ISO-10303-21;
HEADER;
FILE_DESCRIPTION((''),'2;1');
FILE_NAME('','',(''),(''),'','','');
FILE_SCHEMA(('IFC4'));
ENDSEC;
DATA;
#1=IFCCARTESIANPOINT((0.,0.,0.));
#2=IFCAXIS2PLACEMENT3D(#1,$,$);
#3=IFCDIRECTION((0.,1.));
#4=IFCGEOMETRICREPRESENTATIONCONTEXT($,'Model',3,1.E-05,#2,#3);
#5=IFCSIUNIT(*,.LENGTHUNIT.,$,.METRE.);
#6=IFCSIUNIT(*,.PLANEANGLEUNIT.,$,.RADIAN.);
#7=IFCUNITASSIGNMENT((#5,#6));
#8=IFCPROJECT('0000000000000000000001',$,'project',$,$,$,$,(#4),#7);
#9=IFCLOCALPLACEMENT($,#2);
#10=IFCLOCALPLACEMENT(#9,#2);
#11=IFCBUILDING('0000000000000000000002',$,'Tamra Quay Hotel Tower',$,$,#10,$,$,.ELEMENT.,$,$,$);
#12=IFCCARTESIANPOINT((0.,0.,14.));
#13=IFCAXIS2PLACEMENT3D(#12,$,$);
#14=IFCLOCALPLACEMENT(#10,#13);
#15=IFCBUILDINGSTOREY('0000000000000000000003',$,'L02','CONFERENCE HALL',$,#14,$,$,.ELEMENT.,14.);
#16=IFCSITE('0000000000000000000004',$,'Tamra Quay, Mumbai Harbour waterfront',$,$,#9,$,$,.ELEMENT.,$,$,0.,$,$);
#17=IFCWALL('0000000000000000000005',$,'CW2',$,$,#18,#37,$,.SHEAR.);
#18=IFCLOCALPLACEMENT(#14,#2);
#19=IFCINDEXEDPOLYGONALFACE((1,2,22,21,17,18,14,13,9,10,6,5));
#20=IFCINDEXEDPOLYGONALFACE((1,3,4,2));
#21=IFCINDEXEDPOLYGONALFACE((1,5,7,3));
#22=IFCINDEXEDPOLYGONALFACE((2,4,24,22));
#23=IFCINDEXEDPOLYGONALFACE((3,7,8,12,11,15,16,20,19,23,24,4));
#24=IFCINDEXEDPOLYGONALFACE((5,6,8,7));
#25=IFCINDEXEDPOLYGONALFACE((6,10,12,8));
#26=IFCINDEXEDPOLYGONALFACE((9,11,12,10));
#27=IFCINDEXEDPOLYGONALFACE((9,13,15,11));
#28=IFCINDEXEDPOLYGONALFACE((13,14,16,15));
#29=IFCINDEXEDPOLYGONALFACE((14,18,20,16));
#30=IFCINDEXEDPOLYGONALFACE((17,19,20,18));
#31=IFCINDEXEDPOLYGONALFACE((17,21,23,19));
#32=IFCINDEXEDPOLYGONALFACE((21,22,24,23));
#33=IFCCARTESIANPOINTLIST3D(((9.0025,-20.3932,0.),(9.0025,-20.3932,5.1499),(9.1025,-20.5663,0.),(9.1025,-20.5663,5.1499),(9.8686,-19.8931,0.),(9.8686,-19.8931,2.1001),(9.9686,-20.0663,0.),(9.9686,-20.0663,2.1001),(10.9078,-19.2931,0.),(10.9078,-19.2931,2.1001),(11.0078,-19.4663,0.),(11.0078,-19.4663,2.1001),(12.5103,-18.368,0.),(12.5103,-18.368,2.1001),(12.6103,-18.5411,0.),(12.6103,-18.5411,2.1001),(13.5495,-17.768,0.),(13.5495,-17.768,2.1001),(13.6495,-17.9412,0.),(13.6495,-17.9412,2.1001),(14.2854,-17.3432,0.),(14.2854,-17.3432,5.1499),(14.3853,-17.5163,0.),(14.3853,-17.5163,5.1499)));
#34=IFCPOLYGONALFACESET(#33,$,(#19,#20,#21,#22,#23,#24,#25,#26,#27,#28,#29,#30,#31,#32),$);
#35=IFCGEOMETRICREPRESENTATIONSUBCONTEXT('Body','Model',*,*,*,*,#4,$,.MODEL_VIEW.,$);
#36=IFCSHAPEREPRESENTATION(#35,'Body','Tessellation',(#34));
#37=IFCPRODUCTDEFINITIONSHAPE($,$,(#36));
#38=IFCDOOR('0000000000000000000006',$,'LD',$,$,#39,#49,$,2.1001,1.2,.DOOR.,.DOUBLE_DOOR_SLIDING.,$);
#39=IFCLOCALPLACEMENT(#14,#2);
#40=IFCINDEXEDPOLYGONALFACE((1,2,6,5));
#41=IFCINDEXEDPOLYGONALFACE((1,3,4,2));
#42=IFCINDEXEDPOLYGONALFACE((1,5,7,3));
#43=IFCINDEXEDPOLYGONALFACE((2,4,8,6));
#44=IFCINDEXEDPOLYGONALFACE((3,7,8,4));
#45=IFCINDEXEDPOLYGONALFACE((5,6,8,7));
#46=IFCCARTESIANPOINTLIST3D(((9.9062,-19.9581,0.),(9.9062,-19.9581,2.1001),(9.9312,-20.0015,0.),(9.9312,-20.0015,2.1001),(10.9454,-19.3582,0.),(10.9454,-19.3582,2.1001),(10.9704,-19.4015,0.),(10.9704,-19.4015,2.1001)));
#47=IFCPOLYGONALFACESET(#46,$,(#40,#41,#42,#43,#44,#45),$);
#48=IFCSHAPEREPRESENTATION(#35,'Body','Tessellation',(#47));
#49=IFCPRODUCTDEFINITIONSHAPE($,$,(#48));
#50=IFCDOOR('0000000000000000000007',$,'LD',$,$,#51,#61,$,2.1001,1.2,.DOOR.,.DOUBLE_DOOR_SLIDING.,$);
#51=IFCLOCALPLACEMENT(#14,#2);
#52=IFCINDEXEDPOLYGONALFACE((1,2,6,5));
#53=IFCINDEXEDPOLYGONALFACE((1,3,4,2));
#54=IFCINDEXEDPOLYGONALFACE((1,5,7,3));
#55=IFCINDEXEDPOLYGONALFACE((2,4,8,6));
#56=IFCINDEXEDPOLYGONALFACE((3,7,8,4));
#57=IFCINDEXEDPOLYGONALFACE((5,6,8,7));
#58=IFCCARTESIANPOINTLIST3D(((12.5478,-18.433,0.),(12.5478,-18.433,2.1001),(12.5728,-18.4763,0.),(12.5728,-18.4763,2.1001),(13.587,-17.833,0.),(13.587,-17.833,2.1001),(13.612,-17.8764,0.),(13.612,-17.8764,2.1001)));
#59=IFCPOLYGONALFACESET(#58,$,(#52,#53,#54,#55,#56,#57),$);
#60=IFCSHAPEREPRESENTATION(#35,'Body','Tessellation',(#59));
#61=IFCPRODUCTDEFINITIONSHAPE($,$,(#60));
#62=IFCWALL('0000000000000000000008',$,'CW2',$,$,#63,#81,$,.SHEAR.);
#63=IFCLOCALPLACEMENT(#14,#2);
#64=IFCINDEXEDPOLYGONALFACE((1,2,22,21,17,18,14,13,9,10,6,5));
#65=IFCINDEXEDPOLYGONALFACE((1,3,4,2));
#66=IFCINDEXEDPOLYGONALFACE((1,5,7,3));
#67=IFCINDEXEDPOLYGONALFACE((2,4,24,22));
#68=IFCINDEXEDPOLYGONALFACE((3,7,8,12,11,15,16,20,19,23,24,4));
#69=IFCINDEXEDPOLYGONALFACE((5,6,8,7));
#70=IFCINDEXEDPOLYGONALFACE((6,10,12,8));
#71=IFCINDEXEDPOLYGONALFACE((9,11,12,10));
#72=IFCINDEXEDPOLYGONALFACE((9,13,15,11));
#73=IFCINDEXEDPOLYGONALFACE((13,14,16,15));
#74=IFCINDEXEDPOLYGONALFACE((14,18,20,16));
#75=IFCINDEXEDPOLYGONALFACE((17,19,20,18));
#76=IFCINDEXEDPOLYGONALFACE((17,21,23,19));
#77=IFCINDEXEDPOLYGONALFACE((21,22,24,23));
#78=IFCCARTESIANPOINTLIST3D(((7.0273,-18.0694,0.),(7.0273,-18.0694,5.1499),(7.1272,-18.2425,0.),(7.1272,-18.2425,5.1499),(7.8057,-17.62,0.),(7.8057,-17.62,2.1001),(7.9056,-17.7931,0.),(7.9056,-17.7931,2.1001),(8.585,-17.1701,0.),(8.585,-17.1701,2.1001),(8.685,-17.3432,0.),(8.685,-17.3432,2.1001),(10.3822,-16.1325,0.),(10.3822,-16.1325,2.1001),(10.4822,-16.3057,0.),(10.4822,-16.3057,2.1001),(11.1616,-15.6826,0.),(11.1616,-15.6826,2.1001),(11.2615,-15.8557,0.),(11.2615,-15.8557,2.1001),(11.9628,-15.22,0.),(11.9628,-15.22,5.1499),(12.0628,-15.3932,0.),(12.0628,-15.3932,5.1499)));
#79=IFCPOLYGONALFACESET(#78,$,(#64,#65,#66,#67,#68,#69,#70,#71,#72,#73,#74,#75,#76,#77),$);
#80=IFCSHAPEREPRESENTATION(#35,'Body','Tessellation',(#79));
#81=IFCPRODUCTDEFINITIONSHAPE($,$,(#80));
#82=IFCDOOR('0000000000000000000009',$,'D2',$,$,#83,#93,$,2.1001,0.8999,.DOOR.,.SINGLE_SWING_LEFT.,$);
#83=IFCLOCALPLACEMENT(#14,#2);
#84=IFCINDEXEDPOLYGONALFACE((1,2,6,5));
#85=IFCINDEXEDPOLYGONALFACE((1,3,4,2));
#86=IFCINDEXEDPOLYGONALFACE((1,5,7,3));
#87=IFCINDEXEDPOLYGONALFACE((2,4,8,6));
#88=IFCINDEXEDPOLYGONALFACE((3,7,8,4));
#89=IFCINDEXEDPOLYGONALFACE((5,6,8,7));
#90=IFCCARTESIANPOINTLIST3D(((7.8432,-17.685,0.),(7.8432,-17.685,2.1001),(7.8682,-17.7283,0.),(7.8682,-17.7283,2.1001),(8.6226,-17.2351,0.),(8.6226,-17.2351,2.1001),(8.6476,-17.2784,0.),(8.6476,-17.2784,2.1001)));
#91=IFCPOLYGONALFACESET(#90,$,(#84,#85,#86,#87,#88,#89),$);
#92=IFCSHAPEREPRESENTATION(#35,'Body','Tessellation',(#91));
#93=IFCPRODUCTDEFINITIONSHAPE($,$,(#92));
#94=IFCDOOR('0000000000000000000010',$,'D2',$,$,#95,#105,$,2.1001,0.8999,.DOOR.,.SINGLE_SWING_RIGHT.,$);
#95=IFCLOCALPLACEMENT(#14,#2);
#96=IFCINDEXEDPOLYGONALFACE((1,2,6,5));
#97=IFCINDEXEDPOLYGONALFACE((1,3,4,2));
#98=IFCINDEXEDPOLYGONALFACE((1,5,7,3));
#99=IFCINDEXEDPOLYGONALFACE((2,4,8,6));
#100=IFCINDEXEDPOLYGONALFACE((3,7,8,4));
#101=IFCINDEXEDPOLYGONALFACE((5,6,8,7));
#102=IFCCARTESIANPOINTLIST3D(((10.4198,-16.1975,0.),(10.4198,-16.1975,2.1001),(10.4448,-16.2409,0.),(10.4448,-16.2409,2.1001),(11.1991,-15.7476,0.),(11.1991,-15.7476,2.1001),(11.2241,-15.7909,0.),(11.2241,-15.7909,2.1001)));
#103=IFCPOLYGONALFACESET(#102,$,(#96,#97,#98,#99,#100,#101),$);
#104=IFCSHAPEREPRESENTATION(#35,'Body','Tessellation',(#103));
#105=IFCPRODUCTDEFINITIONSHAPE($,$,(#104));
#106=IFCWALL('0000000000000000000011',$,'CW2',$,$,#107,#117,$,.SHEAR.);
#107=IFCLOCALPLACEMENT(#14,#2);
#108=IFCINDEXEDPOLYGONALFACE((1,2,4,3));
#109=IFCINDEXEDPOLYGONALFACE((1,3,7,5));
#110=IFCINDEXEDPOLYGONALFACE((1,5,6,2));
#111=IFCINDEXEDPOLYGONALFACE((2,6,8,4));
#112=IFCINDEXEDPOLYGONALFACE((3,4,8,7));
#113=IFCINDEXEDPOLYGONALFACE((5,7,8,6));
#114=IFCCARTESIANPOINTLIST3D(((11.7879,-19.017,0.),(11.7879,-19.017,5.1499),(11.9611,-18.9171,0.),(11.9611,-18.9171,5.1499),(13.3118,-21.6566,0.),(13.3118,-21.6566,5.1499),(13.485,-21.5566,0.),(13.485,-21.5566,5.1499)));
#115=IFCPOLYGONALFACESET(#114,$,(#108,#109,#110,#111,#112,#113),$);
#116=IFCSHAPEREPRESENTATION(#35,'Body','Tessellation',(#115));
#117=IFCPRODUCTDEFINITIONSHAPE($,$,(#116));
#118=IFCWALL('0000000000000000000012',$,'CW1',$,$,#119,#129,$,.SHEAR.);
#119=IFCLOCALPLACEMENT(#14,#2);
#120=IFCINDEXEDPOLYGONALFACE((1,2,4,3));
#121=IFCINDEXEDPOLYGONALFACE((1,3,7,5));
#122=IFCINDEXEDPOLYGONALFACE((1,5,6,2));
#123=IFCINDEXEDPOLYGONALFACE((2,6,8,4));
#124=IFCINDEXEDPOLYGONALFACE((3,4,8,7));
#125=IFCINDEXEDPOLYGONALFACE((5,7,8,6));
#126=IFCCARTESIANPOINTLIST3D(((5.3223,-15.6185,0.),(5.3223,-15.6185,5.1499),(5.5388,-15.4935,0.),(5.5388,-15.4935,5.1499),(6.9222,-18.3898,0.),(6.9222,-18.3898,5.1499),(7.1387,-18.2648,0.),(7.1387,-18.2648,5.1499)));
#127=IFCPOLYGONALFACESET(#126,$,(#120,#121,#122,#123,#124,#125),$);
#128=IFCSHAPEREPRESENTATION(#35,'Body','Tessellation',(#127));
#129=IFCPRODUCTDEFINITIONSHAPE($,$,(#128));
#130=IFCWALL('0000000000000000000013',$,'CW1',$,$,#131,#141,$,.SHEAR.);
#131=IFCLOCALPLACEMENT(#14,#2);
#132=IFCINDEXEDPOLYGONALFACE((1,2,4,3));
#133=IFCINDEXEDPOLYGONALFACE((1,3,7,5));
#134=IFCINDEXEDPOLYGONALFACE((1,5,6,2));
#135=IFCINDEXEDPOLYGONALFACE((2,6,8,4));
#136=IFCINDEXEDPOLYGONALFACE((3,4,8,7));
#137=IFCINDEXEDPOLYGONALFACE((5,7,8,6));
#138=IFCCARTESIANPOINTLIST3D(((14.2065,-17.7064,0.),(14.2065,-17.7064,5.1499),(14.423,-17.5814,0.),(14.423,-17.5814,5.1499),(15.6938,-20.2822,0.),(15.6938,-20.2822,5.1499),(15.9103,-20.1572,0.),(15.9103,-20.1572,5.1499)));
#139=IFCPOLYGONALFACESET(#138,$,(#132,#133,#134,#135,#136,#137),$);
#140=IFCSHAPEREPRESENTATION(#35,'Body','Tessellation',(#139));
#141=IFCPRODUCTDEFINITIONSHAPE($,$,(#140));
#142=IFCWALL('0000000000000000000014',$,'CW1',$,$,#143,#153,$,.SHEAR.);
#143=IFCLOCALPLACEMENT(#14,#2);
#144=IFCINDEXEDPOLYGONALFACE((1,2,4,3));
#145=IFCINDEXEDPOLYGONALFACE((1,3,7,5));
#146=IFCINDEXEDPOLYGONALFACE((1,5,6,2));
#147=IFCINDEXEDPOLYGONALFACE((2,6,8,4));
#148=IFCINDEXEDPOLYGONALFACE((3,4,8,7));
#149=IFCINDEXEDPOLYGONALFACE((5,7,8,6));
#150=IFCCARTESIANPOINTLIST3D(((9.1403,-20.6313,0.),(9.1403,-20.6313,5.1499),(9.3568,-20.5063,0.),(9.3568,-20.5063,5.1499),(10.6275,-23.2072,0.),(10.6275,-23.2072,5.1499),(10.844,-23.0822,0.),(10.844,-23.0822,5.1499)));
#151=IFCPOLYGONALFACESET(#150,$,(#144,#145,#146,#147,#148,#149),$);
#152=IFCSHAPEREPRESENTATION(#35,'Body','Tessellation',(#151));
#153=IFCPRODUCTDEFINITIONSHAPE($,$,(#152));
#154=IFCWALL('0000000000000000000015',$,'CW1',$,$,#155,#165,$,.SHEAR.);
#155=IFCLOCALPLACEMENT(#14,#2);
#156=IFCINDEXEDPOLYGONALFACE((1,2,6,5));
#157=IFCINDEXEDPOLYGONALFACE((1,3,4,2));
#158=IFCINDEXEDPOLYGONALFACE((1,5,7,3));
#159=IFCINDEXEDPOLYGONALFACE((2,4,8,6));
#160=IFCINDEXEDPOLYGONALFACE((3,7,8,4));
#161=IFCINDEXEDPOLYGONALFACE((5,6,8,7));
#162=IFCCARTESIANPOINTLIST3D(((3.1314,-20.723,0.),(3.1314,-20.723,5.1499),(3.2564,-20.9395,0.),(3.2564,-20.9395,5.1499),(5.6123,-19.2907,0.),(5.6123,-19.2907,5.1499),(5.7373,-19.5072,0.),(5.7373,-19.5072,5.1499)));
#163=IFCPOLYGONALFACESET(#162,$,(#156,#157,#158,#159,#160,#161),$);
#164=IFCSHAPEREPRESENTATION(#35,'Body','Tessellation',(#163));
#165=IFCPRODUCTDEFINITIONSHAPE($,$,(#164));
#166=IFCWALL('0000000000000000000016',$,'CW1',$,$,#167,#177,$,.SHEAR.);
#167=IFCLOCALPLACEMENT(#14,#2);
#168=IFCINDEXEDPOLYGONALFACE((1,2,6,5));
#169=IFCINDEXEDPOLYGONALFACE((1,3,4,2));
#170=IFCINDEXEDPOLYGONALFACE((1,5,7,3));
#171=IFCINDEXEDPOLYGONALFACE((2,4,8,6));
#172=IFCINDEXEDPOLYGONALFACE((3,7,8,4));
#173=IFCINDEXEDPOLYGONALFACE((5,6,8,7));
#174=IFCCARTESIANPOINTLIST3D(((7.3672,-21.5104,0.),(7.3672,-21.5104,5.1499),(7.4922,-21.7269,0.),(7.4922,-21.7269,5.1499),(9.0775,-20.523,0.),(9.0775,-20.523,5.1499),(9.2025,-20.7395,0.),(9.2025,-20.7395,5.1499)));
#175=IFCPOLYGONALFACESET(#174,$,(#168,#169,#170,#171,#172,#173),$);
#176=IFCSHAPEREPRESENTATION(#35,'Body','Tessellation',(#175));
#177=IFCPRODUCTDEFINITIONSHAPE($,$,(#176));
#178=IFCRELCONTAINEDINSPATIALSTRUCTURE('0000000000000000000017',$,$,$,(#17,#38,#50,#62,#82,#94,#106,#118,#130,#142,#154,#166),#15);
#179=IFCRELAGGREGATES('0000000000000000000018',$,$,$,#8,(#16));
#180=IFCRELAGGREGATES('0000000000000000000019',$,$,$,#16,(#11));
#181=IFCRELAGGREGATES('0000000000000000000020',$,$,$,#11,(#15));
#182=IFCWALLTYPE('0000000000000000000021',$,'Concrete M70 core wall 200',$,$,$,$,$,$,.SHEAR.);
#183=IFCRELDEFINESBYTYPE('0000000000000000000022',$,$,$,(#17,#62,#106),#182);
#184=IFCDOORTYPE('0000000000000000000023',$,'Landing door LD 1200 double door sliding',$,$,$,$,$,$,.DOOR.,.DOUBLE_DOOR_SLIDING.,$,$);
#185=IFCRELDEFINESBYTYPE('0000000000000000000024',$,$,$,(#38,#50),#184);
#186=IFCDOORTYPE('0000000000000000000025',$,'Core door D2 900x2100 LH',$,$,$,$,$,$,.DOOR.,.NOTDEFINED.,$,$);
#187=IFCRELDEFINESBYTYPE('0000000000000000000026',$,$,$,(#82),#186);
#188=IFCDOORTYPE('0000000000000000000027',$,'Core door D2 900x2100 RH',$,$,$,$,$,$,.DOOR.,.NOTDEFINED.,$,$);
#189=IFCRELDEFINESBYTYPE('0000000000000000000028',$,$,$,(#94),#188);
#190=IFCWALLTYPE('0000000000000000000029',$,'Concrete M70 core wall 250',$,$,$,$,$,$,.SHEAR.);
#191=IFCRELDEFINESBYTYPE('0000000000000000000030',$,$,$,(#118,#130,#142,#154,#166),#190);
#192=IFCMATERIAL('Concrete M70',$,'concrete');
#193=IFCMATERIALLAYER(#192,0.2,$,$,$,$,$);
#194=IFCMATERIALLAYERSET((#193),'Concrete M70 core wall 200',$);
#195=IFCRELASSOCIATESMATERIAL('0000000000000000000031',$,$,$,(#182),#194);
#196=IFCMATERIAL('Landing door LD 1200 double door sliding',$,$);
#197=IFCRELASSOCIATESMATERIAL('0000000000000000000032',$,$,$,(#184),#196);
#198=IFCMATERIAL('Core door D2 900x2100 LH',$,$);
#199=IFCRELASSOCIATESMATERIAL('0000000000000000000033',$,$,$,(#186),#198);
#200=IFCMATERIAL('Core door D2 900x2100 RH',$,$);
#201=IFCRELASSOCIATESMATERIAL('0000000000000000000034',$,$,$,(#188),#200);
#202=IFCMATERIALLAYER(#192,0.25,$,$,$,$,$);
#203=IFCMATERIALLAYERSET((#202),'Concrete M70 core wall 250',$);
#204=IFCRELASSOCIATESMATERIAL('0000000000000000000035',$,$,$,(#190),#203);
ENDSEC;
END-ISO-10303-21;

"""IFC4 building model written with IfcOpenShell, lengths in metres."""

from ifc_helpers import new_model, si_unit, direction, frame, frame_2d, origin, place, context, subcontext, project, spatial, rectangle, extrude, material, layer, layer_set, type_object, element, fill, save


model = new_model("IFC4")

# Units and contexts
model_context = context("Model", 3, precision=1e-05, world=origin(), true_north=direction((0.0, 1.0)))
body_context = subcontext(model_context, "Body", "Model", "MODEL_VIEW")
ifc_project = project(units=[si_unit("LENGTHUNIT", "METRE"), si_unit("PLANEANGLEUNIT", "RADIAN")], contexts=[model_context])

# Site, building, storey
site_placement = place(None, origin())
site = spatial("IfcSite", under=ifc_project, at=site_placement, Name="Tamra Quay, Mumbai Harbour waterfront", CompositionType="ELEMENT", RefElevation=0.0)
building_placement = place(site_placement, origin())
building = spatial("IfcBuilding", under=site, at=building_placement, Name="Tamra Quay Hotel Tower", CompositionType="ELEMENT")
storey_placement = place(building_placement, frame((0.0, 0.0, 14.0)))
storey = spatial("IfcBuildingStorey", under=building, at=storey_placement, Name="L02", Description="CONFERENCE HALL", CompositionType="ELEMENT", Elevation=14.0)

# Walls, openings, doors
ifc_material_1 = material(Name="Concrete M70", Category="concrete")
ifc_layer_1 = layer(ifc_material_1, 0.2)
ifc_layer_set_1 = layer_set([ifc_layer_1], Name="Concrete M70 core wall 200")
wall_type_1 = type_object("IfcWallType", Name="Concrete M70 core wall 200", PredefinedType="SHEAR", material=ifc_layer_set_1)
wall_1_placement = place(storey_placement, frame((9.0525, -20.4797, 0.0), z_axis=(0.0, 0.0, 1.0), x_axis=(0.86603, 0.499992, 0.0)))
wall_1 = element("IfcWall", 1, at=wall_1_placement, inside=storey, type_object=wall_type_1, Name="CW2", PredefinedType="SHEAR", context=body_context, shape_type="SweptSolid", body=[
    extrude(rectangle(XDim=6.1001, YDim=0.2, at=frame_2d((3.05, 0.0))), origin(), (0.0, 0.0, 1.0), 5.1499),
])
opening_1_placement = place(wall_1_placement, frame((1.0, 0.0, 0.0)))
opening_1 = element("IfcOpeningElement", 2, at=opening_1_placement, cuts=wall_1, PredefinedType="OPENING", context=body_context, shape_type="SweptSolid", body=[
    extrude(rectangle(XDim=1.2, YDim=2.1001, at=frame_2d((0.6001, 1.05))), frame((0.0, 0.1099, 0.0), z_axis=(0.0, -1.0, 0.0), x_axis=(1.0, 0.0, 0.0)), (0.0, 0.0, 1.0), 0.22),
])
opening_2_placement = place(wall_1_placement, frame((4.0503, 0.0, 0.0)))
opening_2 = element("IfcOpeningElement", 3, at=opening_2_placement, cuts=wall_1, PredefinedType="OPENING", context=body_context, shape_type="SweptSolid", body=[
    extrude(rectangle(XDim=1.2, YDim=2.1001, at=frame_2d((0.6001, 1.05))), frame((0.0, 0.1099, 0.0), z_axis=(0.0, -1.0, 0.0), x_axis=(1.0, 0.0, 0.0)), (0.0, 0.0, 1.0), 0.22),
])
ifc_material_2 = material(Name="Landing door LD 1200 double door sliding")
door_type_1 = type_object("IfcDoorType", Name="Landing door LD 1200 double door sliding", OperationType="DOUBLE_DOOR_SLIDING", PredefinedType="DOOR", material=ifc_material_2)
door_1_placement = place(opening_1_placement, origin())
door_1 = element("IfcDoor", 4, at=door_1_placement, inside=storey, type_object=door_type_1, Name="LD", OperationType="DOUBLE_DOOR_SLIDING", OverallHeight=2.1001, OverallWidth=1.2, PredefinedType="DOOR", context=body_context, shape_type="SweptSolid", body=[
    extrude(rectangle(XDim=1.2, YDim=2.1001, at=frame_2d((0.6001, 1.05))), frame((0.0, 0.0249, 0.0), z_axis=(0.0, -1.0, 0.0), x_axis=(1.0, 0.0, 0.0)), (0.0, 0.0, 1.0), 0.05),
])
fill(opening_1, door_1)
door_2_placement = place(opening_2_placement, origin())
door_2 = element("IfcDoor", 5, at=door_2_placement, inside=storey, type_object=door_type_1, Name="LD", OperationType="DOUBLE_DOOR_SLIDING", OverallHeight=2.1001, OverallWidth=1.2, PredefinedType="DOOR", context=body_context, shape_type="SweptSolid", body=[
    extrude(rectangle(XDim=1.2, YDim=2.1001, at=frame_2d((0.6001, 1.05))), frame((0.0, 0.0249, 0.0), z_axis=(0.0, -1.0, 0.0), x_axis=(1.0, 0.0, 0.0)), (0.0, 0.0, 1.0), 0.05),
])
fill(opening_2, door_2)
wall_2_placement = place(storey_placement, frame((7.0771, -18.156, 0.0), z_axis=(0.0, 0.0, 1.0), x_axis=(0.866039, 0.499977, 0.0)))
wall_2 = element("IfcWall", 6, at=wall_2_placement, inside=storey, type_object=wall_type_1, Name="CW2", PredefinedType="SHEAR", context=body_context, shape_type="SweptSolid", body=[
    extrude(rectangle(XDim=5.699, YDim=0.2, at=frame_2d((2.8496, 0.0))), origin(), (0.0, 0.0, 1.0), 5.1499),
])
opening_3_placement = place(wall_2_placement, frame((0.8989, 0.0, 0.0)))
opening_3 = element("IfcOpeningElement", 7, at=opening_3_placement, cuts=wall_2, PredefinedType="OPENING", context=body_context, shape_type="SweptSolid", body=[
    extrude(rectangle(XDim=0.8999, YDim=2.1001, at=frame_2d((0.45, 1.05))), frame((0.0, 0.1099, 0.0), z_axis=(0.0, -1.0, 0.0), x_axis=(1.0, 0.0, 0.0)), (0.0, 0.0, 1.0), 0.22),
])
opening_4_placement = place(wall_2_placement, frame((3.874, 0.0, 0.0)))
opening_4 = element("IfcOpeningElement", 8, at=opening_4_placement, cuts=wall_2, PredefinedType="OPENING", context=body_context, shape_type="SweptSolid", body=[
    extrude(rectangle(XDim=0.8999, YDim=2.1001, at=frame_2d((0.45, 1.05))), frame((0.0, 0.1099, 0.0), z_axis=(0.0, -1.0, 0.0), x_axis=(1.0, 0.0, 0.0)), (0.0, 0.0, 1.0), 0.22),
])
ifc_material_3 = material(Name="Core door D2 900x2100 LH")
door_type_2 = type_object("IfcDoorType", Name="Core door D2 900x2100 LH", OperationType="NOTDEFINED", PredefinedType="DOOR", material=ifc_material_3)
door_3_placement = place(opening_3_placement, origin())
door_3 = element("IfcDoor", 9, at=door_3_placement, inside=storey, type_object=door_type_2, Name="D2", OperationType="SINGLE_SWING_LEFT", OverallHeight=2.1001, OverallWidth=0.8999, PredefinedType="DOOR", context=body_context, shape_type="SweptSolid", body=[
    extrude(rectangle(XDim=0.8999, YDim=2.1001, at=frame_2d((0.45, 1.05))), frame((0.0, 0.0249, 0.0), z_axis=(0.0, -1.0, 0.0), x_axis=(1.0, 0.0, 0.0)), (0.0, 0.0, 1.0), 0.05),
])
fill(opening_3, door_3)
ifc_material_4 = material(Name="Core door D2 900x2100 RH")
door_type_3 = type_object("IfcDoorType", Name="Core door D2 900x2100 RH", OperationType="NOTDEFINED", PredefinedType="DOOR", material=ifc_material_4)
door_4_placement = place(opening_4_placement, origin())
door_4 = element("IfcDoor", 10, at=door_4_placement, inside=storey, type_object=door_type_3, Name="D2", OperationType="SINGLE_SWING_RIGHT", OverallHeight=2.1001, OverallWidth=0.8999, PredefinedType="DOOR", context=body_context, shape_type="SweptSolid", body=[
    extrude(rectangle(XDim=0.8999, YDim=2.1001, at=frame_2d((0.45, 1.05))), frame((0.0, 0.0249, 0.0), z_axis=(0.0, -1.0, 0.0), x_axis=(1.0, 0.0, 0.0)), (0.0, 0.0, 1.0), 0.05),
])
fill(opening_4, door_4)

# Walls
wall_3_placement = place(storey_placement, frame((11.8745, -18.967, 0.0), z_axis=(0.0, 0.0, 1.0), x_axis=(0.499981, -0.866036, 0.0)))
element("IfcWall", 11, at=wall_3_placement, inside=storey, type_object=wall_type_1, Name="CW2", PredefinedType="SHEAR", context=body_context, shape_type="SweptSolid", body=[
    extrude(rectangle(XDim=3.0479, YDim=0.2, at=frame_2d((1.5239, 0.0))), origin(), (0.0, 0.0, 1.0), 5.1499),
])
ifc_layer_2 = layer(ifc_material_1, 0.25)
ifc_layer_set_2 = layer_set([ifc_layer_2], Name="Concrete M70 core wall 250")
wall_type_2 = type_object("IfcWallType", Name="Concrete M70 core wall 250", PredefinedType="SHEAR", material=ifc_layer_set_2)
wall_4_placement = place(storey_placement, frame((7.0305, -18.3274, 0.0), z_axis=(0.0, 0.0, 1.0), x_axis=(-0.499971, 0.866042, 0.0)))
element("IfcWall", 12, at=wall_4_placement, inside=storey, type_object=wall_type_2, Name="CW1", PredefinedType="SHEAR", context=body_context, shape_type="SweptSolid", body=[
    extrude(rectangle(XDim=3.2, YDim=0.25, at=frame_2d((1.6001, 0.0))), origin(), (0.0, 0.0, 1.0), 5.1499),
])
for number, where, z_axis, x_axis, name in (
    (13, (14.3147, -17.6438, 0.0), (0.0, 0.0, 1.0), (0.500023, -0.866012, 0.0), "CW1"),
    (14, (10.7358, -23.1448, 0.0), (0.0, 0.0, 1.0), (-0.500023, 0.866012, 0.0), "CW1"),
):
    element("IfcWall", number, at=place(storey_placement, frame(where, z_axis=z_axis, x_axis=x_axis)), inside=storey, type_object=wall_type_2, Name=name, PredefinedType="SHEAR", context=body_context, shape_type="SweptSolid", body=[
        extrude(rectangle(XDim=2.9744, YDim=0.25, at=frame_2d((1.4873, 0.0))), origin(), (0.0, 0.0, 1.0), 5.1499),
    ])
wall_5_placement = place(storey_placement, frame((5.6748, -19.3989, 0.0), z_axis=(0.0, 0.0, 1.0), x_axis=(-0.866027, -0.499998, 0.0)))
element("IfcWall", 15, at=wall_5_placement, inside=storey, type_object=wall_type_2, Name="CW1", PredefinedType="SHEAR", context=body_context, shape_type="SweptSolid", body=[
    extrude(rectangle(XDim=2.8647, YDim=0.25, at=frame_2d((1.4324, 0.0))), origin(), (0.0, 0.0, 1.0), 5.1499),
])
wall_6_placement = place(storey_placement, frame((9.1399, -20.6313, 0.0), z_axis=(0.0, 0.0, 1.0), x_axis=(-0.866044, -0.499969, 0.0)))
element("IfcWall", 16, at=wall_6_placement, inside=storey, type_object=wall_type_2, Name="CW1", PredefinedType="SHEAR", context=body_context, shape_type="SweptSolid", body=[
    extrude(rectangle(XDim=1.9749, YDim=0.25, at=frame_2d((0.9873, 0.0))), origin(), (0.0, 0.0, 1.0), 5.1499),
])

save(model, "model.ifc")
